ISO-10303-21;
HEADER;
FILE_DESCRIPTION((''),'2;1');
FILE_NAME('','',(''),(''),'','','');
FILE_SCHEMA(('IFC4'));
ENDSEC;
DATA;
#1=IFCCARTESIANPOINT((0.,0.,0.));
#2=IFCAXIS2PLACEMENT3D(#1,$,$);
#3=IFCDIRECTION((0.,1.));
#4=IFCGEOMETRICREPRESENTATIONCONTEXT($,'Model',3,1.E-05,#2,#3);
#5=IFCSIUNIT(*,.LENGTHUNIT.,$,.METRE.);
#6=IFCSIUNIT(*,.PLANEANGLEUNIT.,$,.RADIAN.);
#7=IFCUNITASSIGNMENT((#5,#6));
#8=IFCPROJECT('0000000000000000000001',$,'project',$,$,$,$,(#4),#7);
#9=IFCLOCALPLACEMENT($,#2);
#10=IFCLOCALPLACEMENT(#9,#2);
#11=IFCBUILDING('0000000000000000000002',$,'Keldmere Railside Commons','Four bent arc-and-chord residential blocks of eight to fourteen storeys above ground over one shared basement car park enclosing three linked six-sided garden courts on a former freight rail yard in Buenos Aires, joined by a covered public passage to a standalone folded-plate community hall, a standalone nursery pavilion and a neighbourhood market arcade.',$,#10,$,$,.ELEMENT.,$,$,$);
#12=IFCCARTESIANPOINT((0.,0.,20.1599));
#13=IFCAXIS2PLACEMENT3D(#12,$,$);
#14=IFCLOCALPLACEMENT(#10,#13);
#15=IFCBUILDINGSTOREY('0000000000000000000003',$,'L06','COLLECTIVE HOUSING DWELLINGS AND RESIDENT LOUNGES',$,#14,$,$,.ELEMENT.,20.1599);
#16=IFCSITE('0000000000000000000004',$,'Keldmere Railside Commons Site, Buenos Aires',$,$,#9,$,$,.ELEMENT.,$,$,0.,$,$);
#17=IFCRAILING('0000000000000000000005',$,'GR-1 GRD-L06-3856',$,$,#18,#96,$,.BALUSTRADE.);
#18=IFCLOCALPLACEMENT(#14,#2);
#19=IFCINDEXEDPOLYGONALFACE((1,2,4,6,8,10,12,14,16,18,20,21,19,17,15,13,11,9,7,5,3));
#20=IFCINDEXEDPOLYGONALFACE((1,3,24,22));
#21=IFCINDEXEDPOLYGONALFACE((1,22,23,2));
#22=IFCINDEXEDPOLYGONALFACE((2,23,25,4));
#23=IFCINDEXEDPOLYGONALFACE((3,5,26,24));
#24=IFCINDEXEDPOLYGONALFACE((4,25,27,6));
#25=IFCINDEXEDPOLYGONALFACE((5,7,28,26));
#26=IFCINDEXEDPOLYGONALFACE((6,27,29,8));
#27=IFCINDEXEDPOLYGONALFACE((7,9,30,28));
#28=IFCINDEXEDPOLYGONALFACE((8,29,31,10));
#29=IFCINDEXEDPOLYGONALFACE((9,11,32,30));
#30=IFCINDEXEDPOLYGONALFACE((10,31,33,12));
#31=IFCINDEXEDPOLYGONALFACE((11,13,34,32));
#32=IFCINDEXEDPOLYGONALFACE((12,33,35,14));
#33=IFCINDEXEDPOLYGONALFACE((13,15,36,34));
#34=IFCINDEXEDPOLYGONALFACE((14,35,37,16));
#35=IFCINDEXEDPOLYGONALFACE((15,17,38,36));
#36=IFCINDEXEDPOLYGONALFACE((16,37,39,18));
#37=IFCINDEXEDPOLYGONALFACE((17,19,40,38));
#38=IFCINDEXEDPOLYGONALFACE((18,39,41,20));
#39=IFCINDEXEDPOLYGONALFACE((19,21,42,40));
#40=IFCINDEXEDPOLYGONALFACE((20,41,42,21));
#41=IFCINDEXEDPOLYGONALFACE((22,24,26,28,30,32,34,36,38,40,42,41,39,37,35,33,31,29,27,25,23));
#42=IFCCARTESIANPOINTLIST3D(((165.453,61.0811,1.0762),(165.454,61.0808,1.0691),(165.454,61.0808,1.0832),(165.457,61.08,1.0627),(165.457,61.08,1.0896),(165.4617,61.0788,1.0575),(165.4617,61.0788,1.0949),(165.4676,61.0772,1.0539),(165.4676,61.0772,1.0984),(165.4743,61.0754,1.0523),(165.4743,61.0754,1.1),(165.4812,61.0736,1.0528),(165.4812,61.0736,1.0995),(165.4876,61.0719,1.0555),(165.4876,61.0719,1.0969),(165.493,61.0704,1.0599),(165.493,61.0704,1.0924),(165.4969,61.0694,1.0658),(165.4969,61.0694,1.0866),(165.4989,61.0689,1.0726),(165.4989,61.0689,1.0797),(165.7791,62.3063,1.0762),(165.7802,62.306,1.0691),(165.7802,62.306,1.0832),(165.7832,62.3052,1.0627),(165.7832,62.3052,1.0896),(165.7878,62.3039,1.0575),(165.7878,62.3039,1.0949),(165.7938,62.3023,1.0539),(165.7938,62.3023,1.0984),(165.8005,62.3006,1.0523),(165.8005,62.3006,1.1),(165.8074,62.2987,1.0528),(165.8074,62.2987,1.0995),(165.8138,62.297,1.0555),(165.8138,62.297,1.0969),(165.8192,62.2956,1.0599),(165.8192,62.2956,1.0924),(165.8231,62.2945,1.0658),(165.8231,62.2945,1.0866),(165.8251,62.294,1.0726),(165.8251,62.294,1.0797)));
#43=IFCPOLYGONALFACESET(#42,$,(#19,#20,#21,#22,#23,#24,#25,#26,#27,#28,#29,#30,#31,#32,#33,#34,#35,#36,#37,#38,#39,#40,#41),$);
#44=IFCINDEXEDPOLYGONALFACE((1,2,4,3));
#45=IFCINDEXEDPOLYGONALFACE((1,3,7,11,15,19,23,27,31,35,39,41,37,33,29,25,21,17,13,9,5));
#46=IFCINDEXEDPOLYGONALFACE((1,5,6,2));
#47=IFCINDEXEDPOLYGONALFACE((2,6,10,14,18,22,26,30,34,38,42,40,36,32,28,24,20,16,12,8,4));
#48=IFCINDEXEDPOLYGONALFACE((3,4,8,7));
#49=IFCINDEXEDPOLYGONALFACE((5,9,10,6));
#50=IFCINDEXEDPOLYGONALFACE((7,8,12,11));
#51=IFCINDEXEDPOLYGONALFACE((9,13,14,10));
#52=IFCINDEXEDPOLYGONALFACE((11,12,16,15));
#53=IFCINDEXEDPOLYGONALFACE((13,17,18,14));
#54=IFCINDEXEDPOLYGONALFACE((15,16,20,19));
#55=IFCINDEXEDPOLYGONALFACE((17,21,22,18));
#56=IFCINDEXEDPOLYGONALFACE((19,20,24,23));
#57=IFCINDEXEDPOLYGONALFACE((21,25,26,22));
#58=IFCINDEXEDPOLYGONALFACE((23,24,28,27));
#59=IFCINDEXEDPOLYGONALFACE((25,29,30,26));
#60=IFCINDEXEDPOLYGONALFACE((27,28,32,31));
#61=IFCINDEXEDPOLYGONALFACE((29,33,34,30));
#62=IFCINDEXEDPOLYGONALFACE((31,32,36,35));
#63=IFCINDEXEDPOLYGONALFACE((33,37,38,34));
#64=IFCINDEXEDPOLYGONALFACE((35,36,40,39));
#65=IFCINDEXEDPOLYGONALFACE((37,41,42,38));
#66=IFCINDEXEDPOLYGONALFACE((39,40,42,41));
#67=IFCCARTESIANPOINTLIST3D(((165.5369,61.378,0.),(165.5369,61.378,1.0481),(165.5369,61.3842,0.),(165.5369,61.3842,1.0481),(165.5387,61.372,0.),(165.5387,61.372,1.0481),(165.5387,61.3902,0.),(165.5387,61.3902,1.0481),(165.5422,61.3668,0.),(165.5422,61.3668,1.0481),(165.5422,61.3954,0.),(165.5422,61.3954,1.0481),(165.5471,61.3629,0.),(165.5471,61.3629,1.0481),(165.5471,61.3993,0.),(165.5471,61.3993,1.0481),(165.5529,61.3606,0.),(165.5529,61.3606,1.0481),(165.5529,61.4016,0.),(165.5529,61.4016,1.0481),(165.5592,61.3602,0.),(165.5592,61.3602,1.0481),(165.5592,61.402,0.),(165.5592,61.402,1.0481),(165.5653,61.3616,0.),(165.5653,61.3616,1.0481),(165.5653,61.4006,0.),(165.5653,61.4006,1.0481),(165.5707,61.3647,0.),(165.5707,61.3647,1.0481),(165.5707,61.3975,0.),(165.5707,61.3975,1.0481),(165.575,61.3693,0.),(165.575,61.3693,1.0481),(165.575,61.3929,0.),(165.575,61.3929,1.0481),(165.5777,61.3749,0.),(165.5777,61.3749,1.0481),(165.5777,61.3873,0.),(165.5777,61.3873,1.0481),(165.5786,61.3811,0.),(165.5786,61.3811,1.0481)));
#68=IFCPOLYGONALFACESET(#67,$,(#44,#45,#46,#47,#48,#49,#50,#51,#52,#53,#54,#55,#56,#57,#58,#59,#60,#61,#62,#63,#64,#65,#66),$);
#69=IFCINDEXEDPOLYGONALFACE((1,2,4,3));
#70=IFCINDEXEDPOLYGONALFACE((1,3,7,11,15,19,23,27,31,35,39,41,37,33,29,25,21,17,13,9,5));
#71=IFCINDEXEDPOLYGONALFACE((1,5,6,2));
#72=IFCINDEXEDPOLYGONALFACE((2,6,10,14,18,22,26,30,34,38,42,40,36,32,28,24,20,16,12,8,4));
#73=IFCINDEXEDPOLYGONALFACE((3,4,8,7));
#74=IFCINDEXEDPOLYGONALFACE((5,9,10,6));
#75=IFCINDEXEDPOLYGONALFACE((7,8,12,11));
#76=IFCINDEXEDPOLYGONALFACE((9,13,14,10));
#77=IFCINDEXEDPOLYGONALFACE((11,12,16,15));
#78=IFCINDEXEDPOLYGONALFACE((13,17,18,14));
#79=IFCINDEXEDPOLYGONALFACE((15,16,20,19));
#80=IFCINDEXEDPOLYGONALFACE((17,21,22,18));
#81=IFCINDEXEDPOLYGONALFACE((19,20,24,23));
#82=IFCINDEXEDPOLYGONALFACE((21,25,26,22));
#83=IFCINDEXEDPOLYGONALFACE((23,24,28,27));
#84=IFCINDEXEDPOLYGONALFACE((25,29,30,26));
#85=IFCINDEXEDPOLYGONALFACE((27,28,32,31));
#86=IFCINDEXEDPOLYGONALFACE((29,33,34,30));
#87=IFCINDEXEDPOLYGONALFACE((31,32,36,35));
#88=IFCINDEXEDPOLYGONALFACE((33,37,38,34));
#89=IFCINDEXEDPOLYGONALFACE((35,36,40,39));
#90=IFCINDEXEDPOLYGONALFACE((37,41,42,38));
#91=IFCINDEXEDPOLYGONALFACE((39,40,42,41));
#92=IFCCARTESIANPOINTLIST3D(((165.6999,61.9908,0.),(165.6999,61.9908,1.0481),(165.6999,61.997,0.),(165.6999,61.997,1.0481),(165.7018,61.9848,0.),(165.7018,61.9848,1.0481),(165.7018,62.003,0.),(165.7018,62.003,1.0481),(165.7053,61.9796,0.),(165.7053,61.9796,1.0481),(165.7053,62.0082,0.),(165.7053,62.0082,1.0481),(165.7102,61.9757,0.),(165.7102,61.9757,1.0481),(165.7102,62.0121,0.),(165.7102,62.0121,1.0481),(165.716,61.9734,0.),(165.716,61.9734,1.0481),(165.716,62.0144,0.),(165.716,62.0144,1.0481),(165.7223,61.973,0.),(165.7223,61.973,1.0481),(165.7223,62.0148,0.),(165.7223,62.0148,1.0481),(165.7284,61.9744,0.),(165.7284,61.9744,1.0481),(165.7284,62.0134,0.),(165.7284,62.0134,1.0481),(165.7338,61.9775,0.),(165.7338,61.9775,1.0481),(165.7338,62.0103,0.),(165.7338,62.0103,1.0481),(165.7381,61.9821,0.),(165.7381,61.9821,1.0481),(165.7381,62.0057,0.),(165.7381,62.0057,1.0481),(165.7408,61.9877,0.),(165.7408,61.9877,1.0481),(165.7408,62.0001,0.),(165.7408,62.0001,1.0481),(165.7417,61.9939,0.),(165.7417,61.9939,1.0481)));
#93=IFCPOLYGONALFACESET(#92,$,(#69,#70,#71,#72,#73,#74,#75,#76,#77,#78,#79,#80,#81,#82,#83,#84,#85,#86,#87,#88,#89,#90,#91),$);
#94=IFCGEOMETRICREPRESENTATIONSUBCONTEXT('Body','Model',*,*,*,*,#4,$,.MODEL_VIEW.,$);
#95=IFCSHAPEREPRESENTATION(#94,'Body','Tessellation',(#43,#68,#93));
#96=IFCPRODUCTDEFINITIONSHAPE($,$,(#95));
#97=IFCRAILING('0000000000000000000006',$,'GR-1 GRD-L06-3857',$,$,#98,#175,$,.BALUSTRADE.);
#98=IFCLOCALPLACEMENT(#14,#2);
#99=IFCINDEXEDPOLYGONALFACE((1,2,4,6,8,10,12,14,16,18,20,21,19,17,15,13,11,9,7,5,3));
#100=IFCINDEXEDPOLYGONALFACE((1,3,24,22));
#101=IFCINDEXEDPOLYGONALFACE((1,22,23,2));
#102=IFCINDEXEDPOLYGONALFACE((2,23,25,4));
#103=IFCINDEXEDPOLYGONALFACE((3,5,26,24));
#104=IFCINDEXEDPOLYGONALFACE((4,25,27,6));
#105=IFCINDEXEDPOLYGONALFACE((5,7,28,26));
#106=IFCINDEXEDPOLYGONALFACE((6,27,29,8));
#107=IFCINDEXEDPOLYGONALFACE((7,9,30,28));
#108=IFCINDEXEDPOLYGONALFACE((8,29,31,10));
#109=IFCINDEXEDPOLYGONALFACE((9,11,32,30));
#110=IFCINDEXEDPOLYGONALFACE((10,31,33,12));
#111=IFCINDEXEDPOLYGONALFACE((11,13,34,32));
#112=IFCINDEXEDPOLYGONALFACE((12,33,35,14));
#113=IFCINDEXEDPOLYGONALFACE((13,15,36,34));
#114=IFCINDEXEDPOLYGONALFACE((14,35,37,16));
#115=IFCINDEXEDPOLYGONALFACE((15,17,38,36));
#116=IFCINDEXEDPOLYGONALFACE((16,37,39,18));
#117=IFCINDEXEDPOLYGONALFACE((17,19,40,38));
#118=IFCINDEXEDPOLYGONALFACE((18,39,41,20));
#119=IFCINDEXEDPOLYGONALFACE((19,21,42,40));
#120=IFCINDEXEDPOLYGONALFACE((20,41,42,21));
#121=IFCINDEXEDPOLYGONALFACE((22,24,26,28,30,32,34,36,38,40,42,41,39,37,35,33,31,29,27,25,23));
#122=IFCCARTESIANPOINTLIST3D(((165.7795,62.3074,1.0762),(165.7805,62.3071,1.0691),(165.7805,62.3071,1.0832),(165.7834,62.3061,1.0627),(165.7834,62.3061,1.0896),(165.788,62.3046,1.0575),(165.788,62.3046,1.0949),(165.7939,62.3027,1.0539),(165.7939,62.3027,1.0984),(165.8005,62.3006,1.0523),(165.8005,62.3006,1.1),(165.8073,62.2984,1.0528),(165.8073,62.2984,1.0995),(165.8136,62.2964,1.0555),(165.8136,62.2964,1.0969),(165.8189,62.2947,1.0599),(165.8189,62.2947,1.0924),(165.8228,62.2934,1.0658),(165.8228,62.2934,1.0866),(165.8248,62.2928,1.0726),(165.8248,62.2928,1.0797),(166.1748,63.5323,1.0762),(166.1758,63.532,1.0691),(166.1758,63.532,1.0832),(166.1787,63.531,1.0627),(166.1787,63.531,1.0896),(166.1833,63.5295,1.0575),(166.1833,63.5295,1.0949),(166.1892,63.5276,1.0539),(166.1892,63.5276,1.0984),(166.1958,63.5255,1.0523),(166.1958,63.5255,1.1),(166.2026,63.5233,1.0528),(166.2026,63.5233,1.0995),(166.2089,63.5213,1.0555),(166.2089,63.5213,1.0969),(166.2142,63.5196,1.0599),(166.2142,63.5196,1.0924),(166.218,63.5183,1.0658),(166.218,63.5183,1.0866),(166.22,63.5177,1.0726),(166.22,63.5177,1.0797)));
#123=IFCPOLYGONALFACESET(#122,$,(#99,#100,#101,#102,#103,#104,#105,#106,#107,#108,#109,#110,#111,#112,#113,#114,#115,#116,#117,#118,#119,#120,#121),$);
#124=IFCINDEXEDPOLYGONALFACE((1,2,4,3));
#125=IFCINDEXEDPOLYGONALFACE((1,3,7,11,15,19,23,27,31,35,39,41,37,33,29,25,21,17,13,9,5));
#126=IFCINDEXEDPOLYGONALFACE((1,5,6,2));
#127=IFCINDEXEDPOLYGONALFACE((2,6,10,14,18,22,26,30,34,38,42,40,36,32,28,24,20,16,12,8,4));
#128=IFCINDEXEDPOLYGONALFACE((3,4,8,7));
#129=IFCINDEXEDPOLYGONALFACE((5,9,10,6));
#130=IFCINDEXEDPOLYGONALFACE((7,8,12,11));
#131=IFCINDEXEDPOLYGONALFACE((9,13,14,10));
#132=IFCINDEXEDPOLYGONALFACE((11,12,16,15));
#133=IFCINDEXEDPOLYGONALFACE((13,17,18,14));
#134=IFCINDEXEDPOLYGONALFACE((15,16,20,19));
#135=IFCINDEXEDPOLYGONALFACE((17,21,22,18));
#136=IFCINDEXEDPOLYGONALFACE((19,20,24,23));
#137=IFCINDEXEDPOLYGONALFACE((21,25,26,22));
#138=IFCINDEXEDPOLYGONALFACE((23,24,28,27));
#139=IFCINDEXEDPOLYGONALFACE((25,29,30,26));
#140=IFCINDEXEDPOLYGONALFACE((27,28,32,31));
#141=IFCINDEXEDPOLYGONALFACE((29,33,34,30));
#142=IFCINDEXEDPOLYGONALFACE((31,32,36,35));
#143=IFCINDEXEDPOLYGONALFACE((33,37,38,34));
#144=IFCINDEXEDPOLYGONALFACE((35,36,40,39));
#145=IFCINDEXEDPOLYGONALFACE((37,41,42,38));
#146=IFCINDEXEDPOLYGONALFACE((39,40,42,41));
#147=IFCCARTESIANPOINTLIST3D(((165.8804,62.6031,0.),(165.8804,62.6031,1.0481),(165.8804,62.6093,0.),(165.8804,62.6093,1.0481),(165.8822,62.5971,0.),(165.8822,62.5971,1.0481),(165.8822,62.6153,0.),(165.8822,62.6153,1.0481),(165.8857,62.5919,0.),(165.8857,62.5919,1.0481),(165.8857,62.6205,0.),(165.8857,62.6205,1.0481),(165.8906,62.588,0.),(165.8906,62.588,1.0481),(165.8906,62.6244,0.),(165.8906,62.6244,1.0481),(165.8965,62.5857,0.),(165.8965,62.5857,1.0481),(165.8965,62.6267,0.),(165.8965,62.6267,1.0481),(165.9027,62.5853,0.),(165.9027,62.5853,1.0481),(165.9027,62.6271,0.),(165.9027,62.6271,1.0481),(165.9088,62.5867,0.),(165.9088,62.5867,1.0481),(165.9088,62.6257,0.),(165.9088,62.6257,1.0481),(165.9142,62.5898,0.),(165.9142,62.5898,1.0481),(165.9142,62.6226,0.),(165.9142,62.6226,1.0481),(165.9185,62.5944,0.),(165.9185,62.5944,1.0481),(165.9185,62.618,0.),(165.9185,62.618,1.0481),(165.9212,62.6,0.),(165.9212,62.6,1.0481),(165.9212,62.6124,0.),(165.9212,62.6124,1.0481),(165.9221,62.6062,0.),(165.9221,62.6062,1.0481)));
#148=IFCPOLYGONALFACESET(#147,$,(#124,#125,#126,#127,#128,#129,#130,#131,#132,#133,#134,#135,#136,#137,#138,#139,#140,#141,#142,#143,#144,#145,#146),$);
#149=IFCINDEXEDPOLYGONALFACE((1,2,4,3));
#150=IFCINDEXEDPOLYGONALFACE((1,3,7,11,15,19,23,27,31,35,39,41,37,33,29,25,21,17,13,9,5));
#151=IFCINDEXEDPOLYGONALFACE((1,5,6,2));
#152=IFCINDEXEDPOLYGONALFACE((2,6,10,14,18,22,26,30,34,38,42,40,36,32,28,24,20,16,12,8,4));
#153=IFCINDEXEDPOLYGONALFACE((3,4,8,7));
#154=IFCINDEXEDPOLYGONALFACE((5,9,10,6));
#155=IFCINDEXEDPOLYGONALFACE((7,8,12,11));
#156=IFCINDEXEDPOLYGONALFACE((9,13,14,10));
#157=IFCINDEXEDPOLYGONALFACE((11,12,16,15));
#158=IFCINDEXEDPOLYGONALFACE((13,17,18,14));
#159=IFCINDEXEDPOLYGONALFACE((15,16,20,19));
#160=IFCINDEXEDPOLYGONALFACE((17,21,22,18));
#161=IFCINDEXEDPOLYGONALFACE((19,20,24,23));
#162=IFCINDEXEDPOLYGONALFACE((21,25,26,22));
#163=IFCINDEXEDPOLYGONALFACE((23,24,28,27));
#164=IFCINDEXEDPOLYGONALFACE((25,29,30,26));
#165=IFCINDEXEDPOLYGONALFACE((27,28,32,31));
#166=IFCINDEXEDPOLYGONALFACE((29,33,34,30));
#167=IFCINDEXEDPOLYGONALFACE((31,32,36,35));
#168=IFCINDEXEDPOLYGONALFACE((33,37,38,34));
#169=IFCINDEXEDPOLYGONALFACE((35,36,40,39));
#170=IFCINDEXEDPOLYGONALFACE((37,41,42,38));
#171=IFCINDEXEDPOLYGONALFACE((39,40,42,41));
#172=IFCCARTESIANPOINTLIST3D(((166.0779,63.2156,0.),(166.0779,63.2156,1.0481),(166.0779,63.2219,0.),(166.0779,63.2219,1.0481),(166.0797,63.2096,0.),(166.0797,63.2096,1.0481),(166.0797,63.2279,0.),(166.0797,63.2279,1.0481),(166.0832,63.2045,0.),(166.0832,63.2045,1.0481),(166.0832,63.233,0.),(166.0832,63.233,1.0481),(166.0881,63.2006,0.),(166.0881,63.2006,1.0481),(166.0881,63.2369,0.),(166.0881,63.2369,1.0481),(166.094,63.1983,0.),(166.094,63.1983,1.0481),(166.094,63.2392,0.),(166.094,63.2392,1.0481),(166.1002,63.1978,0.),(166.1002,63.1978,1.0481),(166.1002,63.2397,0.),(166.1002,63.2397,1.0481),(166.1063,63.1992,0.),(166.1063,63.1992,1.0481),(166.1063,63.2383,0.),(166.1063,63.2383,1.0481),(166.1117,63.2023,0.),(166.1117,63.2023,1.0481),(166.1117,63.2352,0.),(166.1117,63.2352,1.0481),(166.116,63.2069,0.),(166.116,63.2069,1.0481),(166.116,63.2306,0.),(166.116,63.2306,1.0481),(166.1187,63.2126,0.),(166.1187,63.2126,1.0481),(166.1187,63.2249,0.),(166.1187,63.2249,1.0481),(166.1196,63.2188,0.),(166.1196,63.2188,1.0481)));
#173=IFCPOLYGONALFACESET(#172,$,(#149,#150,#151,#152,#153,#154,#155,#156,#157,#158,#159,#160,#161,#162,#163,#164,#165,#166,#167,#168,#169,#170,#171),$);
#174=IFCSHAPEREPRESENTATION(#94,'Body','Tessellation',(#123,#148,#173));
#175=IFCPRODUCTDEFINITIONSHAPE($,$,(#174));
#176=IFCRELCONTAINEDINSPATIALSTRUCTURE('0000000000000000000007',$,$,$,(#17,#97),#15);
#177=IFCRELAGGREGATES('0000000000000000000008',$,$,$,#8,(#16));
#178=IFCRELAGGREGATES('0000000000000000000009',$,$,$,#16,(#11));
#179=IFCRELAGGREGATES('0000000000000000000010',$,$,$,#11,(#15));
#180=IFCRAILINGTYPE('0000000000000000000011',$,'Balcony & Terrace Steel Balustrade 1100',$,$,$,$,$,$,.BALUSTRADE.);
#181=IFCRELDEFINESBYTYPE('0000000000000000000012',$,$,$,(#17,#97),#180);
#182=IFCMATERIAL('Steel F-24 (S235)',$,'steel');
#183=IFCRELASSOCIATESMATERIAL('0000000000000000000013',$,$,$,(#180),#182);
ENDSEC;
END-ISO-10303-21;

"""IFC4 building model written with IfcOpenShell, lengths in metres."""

from ifc_helpers import new_model, si_unit, direction, frame, origin, origin_2d, place, context, subcontext, project, spatial, circle, extrude, material, type_object, element, save


model = new_model("IFC4")

# Units and contexts
model_context = context("Model", 3, precision=1e-05, world=origin(), true_north=direction((0.0, 1.0)))
body_context = subcontext(model_context, "Body", "Model", "MODEL_VIEW")
ifc_project = project(units=[si_unit("LENGTHUNIT", "METRE"), si_unit("PLANEANGLEUNIT", "RADIAN")], contexts=[model_context])

# Site, building, storey
site_placement = place(None, origin())
site = spatial("IfcSite", under=ifc_project, at=site_placement, Name="Keldmere Railside Commons Site, Buenos Aires", CompositionType="ELEMENT", RefElevation=0.0)
building_placement = place(site_placement, origin())
building = spatial("IfcBuilding", under=site, at=building_placement, Name="Keldmere Railside Commons", Description="Four bent arc-and-chord residential blocks of eight to fourteen storeys above ground over one shared basement car park enclosing three linked six-sided garden courts on a former freight rail yard in Buenos Aires, joined by a covered public passage to a standalone folded-plate community hall, a standalone nursery pavilion and a neighbourhood market arcade.", CompositionType="ELEMENT")
storey_placement = place(building_placement, frame((0.0, 0.0, 20.1599)))
storey = spatial("IfcBuildingStorey", under=building, at=storey_placement, Name="L06", Description="COLLECTIVE HOUSING DWELLINGS AND RESIDENT LOUNGES", CompositionType="ELEMENT", Elevation=20.1599)

# Railings
ifc_material_1 = material(Name="Steel F-24 (S235)", Category="steel")
railing_type = type_object("IfcRailingType", Name="Balcony & Terrace Steel Balustrade 1100", PredefinedType="BALUSTRADE", material=ifc_material_1)
railing_1_placement = place(storey_placement, frame((165.4761, 61.075, 0.0)))
element("IfcRailing", 1, at=railing_1_placement, inside=storey, type_object=railing_type, Name="GR-1 GRD-L06-3856", PredefinedType="BALUSTRADE", context=body_context, shape_type="SweptSolid", body=[
    extrude(circle(Radius=0.0239, at=origin_2d()), frame((0.0, 0.0, 1.0762), z_axis=(0.257279, 0.966337, 0.0), x_axis=(-0.966337, 0.257279, 0.0)), (0.0, 0.0, 1.0), 1.2678),
    extrude(circle(Radius=0.021, at=origin_2d()), frame((0.0815, 0.3062, 0.0)), (0.0, 0.0, 1.0), 1.0481),
    extrude(circle(Radius=0.021, at=origin_2d()), frame((0.2446, 0.9189, 0.0)), (0.0, 0.0, 1.0), 1.0481),
])
railing_2_placement = place(storey_placement, frame((165.8022, 62.3, 0.0)))
element("IfcRailing", 2, at=railing_2_placement, inside=storey, type_object=railing_type, Name="GR-1 GRD-L06-3857", PredefinedType="BALUSTRADE", context=body_context, shape_type="SweptSolid", body=[
    extrude(circle(Radius=0.0239, at=origin_2d()), frame((0.0, 0.0, 1.0762), z_axis=(0.307108, 0.951675, 0.0), x_axis=(-0.951675, 0.307108, 0.0)), (0.0, 0.0, 1.0), 1.2871),
    extrude(circle(Radius=0.021, at=origin_2d()), frame((0.0989, 0.3062, 0.0)), (0.0, 0.0, 1.0), 1.0481),
    extrude(circle(Radius=0.021, at=origin_2d()), frame((0.2964, 0.9187, 0.0)), (0.0, 0.0, 1.0), 1.0481),
])

save(model, "model.ifc")
